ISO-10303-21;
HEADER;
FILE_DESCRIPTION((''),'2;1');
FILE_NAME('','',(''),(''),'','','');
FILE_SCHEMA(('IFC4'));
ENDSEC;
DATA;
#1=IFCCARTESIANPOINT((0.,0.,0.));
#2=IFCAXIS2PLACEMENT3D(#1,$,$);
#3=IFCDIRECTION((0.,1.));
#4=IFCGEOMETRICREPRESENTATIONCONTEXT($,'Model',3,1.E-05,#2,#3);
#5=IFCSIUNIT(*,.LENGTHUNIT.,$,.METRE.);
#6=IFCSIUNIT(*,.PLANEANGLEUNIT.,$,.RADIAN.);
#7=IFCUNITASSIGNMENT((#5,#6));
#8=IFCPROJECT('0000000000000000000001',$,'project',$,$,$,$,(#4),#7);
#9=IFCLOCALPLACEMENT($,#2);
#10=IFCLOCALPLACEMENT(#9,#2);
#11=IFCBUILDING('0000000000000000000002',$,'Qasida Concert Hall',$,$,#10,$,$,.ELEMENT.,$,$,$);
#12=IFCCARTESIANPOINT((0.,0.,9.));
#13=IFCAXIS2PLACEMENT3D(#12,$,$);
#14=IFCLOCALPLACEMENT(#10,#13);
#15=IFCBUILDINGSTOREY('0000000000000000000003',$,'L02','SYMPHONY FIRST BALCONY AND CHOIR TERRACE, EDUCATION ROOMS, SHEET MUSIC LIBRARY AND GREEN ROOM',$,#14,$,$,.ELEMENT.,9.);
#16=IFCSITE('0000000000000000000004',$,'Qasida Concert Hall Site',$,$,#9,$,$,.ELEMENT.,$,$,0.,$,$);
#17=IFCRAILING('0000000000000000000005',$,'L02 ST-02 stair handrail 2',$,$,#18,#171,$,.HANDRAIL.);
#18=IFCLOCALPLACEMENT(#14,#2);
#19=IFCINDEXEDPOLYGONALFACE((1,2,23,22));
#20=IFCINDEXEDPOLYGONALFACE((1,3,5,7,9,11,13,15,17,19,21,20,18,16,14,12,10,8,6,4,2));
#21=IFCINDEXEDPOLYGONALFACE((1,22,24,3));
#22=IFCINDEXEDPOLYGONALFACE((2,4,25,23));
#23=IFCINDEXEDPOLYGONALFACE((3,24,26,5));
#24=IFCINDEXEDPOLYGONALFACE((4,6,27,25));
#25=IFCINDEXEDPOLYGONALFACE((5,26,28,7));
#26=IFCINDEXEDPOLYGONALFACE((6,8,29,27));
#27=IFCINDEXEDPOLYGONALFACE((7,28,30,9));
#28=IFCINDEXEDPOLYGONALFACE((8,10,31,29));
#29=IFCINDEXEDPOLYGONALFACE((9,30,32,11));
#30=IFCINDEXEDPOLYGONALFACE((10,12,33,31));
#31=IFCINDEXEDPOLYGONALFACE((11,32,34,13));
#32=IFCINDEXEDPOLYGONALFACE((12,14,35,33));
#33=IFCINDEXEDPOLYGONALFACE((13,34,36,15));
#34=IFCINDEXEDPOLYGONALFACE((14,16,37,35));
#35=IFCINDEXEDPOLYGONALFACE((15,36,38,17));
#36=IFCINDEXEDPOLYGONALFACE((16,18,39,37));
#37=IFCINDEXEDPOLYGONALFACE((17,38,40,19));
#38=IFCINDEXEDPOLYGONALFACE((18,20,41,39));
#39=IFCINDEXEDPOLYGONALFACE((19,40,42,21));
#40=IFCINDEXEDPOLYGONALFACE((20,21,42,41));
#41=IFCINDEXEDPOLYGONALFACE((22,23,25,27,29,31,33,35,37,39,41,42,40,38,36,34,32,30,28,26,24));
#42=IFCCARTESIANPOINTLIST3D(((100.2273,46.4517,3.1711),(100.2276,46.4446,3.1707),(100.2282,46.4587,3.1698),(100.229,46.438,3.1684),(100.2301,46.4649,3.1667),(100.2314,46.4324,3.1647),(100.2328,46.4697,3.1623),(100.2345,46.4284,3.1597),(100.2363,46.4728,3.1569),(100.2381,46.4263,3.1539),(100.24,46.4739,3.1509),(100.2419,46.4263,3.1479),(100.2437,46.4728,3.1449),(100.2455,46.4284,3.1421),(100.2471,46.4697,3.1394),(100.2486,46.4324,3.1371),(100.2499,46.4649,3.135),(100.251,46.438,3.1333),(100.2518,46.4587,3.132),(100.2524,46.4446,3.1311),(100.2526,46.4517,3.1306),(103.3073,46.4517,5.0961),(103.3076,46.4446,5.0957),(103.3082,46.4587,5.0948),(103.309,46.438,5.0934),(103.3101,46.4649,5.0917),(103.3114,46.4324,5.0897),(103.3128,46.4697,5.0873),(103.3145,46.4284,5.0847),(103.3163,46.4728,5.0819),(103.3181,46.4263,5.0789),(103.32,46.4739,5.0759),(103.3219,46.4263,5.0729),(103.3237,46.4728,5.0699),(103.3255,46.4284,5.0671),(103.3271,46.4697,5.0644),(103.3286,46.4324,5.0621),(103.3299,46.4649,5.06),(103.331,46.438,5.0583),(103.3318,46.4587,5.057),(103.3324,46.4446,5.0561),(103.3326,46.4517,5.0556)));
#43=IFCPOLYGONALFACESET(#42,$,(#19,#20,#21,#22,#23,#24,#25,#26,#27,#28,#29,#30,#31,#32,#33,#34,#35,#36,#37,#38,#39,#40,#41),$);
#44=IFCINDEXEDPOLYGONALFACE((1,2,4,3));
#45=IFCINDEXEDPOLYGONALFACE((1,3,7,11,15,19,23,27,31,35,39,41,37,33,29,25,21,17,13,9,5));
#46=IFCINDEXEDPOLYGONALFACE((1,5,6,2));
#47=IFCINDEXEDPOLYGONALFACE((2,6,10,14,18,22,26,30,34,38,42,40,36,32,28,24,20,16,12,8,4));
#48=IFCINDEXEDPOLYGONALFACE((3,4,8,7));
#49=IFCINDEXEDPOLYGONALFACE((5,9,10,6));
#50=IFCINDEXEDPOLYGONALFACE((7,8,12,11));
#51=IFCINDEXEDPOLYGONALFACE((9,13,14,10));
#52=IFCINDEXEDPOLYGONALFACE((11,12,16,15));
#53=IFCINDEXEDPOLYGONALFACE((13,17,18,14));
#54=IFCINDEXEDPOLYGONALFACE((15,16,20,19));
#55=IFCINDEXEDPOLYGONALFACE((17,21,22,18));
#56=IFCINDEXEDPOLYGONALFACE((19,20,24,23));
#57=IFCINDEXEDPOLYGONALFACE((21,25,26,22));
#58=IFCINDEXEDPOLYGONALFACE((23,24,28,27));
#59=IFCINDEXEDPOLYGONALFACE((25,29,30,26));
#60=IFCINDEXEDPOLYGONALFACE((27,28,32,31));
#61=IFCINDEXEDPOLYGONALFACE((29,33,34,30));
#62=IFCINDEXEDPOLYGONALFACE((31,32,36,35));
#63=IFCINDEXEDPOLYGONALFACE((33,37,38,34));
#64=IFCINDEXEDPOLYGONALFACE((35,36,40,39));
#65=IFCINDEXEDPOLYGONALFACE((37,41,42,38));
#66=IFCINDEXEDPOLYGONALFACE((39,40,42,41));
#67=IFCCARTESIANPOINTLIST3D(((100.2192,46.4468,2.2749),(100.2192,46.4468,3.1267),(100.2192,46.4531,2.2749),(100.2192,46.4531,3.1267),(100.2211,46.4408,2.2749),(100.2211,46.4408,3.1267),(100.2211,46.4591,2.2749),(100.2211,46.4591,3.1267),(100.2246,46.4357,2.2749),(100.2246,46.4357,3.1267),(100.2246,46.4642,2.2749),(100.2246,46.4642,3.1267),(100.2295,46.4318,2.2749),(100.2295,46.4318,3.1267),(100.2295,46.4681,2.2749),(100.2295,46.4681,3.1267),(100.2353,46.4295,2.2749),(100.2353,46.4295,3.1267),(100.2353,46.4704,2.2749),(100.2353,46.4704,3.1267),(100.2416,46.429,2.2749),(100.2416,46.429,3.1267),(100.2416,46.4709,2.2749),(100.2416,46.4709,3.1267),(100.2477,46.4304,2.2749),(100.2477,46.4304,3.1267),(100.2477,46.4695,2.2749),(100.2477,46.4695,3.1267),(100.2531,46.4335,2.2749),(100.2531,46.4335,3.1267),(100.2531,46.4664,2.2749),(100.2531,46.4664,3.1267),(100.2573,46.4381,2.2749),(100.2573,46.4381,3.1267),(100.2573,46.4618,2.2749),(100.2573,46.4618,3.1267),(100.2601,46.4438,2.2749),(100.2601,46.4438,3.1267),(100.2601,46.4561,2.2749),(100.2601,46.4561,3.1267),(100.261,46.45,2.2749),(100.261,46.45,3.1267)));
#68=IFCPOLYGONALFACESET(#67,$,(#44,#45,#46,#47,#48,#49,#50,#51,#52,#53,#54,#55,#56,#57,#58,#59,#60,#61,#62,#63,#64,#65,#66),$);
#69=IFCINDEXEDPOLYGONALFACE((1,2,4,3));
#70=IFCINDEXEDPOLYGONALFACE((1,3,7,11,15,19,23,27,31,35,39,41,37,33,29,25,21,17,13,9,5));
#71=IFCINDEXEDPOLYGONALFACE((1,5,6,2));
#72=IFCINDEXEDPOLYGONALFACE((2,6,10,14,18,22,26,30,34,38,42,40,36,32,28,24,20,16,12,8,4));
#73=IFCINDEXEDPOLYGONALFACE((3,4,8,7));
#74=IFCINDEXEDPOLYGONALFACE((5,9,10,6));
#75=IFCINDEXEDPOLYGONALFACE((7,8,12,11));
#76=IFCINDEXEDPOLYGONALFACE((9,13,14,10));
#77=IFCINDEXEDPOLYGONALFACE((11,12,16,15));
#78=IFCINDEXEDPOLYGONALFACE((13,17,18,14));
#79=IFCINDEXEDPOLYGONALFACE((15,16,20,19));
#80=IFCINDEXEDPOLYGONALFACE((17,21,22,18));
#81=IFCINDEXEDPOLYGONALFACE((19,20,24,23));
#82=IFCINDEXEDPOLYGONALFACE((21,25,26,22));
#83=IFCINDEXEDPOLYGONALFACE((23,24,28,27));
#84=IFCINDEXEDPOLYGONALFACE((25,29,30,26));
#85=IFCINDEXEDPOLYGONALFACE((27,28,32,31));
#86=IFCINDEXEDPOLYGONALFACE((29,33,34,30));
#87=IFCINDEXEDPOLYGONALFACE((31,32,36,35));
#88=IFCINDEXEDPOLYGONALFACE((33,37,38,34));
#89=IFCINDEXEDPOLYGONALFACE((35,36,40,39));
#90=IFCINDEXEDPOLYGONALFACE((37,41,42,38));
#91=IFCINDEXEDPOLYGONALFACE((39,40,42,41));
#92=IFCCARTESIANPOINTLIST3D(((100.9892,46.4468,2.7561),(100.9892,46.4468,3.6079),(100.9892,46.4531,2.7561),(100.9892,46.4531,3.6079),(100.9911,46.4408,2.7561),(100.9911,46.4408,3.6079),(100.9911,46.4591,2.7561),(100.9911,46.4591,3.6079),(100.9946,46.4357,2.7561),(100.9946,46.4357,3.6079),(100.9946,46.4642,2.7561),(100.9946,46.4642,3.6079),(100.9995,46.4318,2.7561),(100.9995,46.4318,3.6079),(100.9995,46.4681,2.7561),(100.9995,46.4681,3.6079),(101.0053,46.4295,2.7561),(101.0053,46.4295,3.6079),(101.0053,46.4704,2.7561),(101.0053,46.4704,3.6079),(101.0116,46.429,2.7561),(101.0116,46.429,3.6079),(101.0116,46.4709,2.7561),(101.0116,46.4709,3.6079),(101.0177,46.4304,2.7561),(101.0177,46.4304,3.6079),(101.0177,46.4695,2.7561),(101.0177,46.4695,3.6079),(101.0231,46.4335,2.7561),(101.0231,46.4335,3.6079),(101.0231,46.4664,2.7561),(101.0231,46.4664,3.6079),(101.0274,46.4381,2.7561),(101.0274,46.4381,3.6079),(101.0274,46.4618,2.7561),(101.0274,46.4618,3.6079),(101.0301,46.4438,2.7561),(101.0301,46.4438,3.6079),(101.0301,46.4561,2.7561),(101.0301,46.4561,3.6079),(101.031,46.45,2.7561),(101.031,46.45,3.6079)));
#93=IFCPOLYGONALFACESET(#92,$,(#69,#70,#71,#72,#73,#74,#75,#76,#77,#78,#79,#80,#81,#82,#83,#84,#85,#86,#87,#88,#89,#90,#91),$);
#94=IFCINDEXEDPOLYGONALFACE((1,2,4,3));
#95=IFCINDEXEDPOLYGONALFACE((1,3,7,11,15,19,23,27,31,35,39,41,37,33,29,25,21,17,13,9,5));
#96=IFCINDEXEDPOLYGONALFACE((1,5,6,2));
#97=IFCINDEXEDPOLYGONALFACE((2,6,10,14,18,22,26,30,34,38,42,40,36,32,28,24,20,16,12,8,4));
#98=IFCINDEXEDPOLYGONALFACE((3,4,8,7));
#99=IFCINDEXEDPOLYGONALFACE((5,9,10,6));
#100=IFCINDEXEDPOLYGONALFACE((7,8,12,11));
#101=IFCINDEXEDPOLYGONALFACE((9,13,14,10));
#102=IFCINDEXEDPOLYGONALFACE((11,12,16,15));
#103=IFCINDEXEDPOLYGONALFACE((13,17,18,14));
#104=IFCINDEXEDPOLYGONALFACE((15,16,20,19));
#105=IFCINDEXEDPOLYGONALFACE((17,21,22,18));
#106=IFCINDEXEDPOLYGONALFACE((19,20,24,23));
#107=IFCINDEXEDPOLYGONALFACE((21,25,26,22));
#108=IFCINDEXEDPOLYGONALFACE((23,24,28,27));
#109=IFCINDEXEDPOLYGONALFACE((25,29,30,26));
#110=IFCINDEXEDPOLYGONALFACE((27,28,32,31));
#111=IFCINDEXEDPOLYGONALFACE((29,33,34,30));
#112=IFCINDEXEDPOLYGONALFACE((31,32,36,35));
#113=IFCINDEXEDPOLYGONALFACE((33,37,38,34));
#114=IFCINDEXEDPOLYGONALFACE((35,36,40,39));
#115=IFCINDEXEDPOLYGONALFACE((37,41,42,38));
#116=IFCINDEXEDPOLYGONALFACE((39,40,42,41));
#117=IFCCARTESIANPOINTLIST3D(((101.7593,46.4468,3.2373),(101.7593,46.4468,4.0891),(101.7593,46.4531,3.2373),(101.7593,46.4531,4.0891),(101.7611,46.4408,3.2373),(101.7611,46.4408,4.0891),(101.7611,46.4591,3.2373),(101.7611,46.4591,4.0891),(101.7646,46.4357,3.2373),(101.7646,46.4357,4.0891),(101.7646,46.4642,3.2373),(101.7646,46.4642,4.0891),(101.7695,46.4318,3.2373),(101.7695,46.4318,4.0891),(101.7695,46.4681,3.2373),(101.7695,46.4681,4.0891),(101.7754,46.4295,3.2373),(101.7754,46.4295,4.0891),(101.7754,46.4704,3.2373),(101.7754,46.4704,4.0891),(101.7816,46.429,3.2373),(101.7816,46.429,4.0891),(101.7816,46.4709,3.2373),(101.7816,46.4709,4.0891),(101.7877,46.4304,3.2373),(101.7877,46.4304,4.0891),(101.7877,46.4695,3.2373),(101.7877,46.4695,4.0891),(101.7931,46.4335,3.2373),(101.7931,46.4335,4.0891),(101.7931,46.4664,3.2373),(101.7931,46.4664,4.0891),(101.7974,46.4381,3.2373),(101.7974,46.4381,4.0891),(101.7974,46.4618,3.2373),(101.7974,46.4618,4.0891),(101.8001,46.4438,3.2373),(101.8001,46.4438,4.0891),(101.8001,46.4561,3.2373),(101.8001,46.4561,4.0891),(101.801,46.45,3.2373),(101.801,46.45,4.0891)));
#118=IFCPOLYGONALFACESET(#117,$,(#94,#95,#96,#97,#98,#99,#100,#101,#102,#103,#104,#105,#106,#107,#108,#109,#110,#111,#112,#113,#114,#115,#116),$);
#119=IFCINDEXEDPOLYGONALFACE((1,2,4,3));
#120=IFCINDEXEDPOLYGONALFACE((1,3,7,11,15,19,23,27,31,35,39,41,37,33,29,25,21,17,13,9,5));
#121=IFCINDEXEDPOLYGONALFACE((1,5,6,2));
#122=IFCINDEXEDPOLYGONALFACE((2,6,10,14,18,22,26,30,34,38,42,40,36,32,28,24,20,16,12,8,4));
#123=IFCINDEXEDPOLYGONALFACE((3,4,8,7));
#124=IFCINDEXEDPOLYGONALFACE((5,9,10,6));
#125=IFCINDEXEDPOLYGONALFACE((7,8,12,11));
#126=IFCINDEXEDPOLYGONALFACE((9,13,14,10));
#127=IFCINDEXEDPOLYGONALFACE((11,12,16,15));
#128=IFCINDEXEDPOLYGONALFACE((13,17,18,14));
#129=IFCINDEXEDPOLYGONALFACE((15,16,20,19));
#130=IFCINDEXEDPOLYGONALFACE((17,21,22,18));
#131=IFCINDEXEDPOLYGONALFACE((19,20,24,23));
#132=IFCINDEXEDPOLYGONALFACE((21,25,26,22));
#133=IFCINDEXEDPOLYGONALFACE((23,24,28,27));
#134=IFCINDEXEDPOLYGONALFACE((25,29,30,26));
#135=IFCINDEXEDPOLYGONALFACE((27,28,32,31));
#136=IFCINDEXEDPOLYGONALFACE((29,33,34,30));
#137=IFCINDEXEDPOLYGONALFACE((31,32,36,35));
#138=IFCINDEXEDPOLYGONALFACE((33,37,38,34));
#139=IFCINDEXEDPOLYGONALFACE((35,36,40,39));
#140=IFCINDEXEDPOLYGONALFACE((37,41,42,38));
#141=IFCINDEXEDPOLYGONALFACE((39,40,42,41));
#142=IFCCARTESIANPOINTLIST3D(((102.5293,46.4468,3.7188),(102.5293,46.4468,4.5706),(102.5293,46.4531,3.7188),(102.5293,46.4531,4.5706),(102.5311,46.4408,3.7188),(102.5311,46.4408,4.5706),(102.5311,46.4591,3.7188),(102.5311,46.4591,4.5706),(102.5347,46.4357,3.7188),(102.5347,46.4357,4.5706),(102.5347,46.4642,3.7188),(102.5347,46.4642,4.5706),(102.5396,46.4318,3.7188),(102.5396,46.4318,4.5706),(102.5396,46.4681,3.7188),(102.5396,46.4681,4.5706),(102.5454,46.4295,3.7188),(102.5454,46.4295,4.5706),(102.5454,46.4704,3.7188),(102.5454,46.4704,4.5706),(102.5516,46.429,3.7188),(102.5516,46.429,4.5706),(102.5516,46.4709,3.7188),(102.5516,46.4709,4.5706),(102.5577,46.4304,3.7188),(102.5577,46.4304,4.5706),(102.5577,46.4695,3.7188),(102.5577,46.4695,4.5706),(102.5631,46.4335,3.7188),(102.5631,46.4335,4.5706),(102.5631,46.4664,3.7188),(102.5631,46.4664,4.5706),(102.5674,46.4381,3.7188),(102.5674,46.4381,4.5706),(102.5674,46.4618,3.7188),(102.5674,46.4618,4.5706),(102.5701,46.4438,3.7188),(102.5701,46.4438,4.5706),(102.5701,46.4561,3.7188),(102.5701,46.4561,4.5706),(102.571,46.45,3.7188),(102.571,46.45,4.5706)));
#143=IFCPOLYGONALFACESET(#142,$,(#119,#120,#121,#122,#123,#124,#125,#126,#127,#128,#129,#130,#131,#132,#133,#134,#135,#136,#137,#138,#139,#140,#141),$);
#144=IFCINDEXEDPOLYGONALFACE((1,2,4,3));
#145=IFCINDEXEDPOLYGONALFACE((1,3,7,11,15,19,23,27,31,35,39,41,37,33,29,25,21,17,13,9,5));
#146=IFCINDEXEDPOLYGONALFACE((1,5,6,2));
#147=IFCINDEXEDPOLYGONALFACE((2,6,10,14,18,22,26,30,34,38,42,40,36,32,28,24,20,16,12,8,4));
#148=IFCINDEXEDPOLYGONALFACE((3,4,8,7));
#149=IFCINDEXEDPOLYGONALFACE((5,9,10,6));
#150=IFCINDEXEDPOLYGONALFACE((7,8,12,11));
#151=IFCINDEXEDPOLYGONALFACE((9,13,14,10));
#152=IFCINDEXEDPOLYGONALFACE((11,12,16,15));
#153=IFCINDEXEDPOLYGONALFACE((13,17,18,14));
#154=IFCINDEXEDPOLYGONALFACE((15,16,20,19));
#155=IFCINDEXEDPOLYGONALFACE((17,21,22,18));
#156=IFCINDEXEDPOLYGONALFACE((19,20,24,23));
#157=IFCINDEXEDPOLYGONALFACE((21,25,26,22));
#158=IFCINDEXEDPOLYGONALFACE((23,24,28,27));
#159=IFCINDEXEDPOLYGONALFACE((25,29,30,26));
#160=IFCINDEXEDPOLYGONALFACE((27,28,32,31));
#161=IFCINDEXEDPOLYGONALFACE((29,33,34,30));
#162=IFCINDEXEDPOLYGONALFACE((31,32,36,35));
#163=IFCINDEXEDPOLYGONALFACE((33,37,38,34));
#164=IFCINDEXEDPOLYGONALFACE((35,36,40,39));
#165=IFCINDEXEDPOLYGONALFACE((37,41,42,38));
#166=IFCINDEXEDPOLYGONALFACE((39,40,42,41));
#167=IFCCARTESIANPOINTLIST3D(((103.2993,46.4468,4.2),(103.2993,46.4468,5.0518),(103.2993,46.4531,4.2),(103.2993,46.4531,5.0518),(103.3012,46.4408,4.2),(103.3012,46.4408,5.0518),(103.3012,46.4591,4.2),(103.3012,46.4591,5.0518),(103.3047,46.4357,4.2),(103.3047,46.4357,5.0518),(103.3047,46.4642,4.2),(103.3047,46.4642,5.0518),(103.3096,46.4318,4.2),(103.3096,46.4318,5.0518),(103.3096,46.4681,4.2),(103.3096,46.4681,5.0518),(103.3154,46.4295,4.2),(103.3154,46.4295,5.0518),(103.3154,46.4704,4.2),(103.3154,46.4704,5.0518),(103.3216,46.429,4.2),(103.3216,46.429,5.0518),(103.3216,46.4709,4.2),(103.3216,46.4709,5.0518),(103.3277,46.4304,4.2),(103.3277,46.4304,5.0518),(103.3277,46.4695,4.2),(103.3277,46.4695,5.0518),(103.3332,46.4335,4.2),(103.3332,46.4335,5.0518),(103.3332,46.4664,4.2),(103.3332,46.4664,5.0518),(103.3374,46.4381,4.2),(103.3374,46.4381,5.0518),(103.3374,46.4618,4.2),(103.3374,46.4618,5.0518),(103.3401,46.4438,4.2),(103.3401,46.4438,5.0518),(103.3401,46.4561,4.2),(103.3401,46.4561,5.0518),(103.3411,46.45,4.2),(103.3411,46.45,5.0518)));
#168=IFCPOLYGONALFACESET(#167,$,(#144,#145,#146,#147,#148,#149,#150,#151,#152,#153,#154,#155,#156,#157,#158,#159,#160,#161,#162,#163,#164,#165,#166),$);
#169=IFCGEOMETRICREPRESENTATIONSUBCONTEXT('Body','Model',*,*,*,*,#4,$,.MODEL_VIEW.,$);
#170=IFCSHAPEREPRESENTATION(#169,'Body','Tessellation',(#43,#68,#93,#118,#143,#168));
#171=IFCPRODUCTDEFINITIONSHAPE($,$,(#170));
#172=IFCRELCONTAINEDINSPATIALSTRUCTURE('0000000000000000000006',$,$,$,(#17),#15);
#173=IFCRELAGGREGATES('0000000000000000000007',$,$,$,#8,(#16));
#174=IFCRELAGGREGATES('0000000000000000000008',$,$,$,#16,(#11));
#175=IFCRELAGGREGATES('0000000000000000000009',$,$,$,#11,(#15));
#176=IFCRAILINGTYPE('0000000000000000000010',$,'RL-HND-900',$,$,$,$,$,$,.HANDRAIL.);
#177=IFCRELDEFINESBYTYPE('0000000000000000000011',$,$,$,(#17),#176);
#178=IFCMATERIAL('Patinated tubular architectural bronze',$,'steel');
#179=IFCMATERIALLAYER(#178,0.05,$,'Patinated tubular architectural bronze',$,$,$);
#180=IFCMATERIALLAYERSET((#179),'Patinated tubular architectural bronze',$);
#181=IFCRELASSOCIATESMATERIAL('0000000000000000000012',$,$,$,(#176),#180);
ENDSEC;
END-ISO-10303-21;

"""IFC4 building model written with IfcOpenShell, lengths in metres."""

from ifc_helpers import new_model, si_unit, direction, frame, origin, origin_2d, place, context, subcontext, project, spatial, circle, extrude, material, layer, layer_set, type_object, element, save


model = new_model("IFC4")

# Units and contexts
model_context = context("Model", 3, precision=1e-05, world=origin(), true_north=direction((0.0, 1.0)))
body_context = subcontext(model_context, "Body", "Model", "MODEL_VIEW")
ifc_project = project(units=[si_unit("LENGTHUNIT", "METRE"), si_unit("PLANEANGLEUNIT", "RADIAN")], contexts=[model_context])

# Site, building, storey
site_placement = place(None, origin())
site = spatial("IfcSite", under=ifc_project, at=site_placement, Name="Qasida Concert Hall Site", CompositionType="ELEMENT", RefElevation=0.0)
building_placement = place(site_placement, origin())
building = spatial("IfcBuilding", under=site, at=building_placement, Name="Qasida Concert Hall", CompositionType="ELEMENT")
storey_placement = place(building_placement, frame((0.0, 0.0, 9.0)))
storey = spatial("IfcBuildingStorey", under=building, at=storey_placement, Name="L02", Description="SYMPHONY FIRST BALCONY AND CHOIR TERRACE, EDUCATION ROOMS, SHEET MUSIC LIBRARY AND GREEN ROOM", CompositionType="ELEMENT", Elevation=9.0)

# Railing
ifc_material_1 = material(Name="Patinated tubular architectural bronze", Category="steel")
ifc_layer_1 = layer(ifc_material_1, 0.05, Name="Patinated tubular architectural bronze")
ifc_layer_set_1 = layer_set([ifc_layer_1], Name="Patinated tubular architectural bronze")
railing_type_1 = type_object("IfcRailingType", Name="RL-HND-900", PredefinedType="HANDRAIL", material=ifc_layer_set_1)
railing_1_placement = place(storey_placement, frame((100.24, 46.45, 2.2749)))
element("IfcRailing", 1, at=railing_1_placement, inside=storey, type_object=railing_type_1, Name="L02 ST-02 stair handrail 2", PredefinedType="HANDRAIL", context=body_context, shape_type="SweptSolid", body=[
    extrude(circle(Radius=0.0239, at=origin_2d()), frame((0.0, 0.0, 0.876), z_axis=(0.847998, 0.0, 0.529999), x_axis=(0.0, 1.0, 0.0)), (0.0, 0.0, 1.0), 3.6321),
    extrude(circle(Radius=0.021, at=origin_2d()), origin(), (0.0, 0.0, 1.0), 0.8518),
    extrude(circle(Radius=0.021, at=origin_2d()), frame((0.77, 0.0, 0.4812)), (0.0, 0.0, 1.0), 0.8518),
    extrude(circle(Radius=0.021, at=origin_2d()), frame((1.54, 0.0, 0.9624)), (0.0, 0.0, 1.0), 0.8518),
    extrude(circle(Radius=0.021, at=origin_2d()), frame((2.3101, 0.0, 1.4438)), (0.0, 0.0, 1.0), 0.8518),
    extrude(circle(Radius=0.021, at=origin_2d()), frame((3.0801, 0.0, 1.925)), (0.0, 0.0, 1.0), 0.8518),
])

save(model, "model.ifc")
